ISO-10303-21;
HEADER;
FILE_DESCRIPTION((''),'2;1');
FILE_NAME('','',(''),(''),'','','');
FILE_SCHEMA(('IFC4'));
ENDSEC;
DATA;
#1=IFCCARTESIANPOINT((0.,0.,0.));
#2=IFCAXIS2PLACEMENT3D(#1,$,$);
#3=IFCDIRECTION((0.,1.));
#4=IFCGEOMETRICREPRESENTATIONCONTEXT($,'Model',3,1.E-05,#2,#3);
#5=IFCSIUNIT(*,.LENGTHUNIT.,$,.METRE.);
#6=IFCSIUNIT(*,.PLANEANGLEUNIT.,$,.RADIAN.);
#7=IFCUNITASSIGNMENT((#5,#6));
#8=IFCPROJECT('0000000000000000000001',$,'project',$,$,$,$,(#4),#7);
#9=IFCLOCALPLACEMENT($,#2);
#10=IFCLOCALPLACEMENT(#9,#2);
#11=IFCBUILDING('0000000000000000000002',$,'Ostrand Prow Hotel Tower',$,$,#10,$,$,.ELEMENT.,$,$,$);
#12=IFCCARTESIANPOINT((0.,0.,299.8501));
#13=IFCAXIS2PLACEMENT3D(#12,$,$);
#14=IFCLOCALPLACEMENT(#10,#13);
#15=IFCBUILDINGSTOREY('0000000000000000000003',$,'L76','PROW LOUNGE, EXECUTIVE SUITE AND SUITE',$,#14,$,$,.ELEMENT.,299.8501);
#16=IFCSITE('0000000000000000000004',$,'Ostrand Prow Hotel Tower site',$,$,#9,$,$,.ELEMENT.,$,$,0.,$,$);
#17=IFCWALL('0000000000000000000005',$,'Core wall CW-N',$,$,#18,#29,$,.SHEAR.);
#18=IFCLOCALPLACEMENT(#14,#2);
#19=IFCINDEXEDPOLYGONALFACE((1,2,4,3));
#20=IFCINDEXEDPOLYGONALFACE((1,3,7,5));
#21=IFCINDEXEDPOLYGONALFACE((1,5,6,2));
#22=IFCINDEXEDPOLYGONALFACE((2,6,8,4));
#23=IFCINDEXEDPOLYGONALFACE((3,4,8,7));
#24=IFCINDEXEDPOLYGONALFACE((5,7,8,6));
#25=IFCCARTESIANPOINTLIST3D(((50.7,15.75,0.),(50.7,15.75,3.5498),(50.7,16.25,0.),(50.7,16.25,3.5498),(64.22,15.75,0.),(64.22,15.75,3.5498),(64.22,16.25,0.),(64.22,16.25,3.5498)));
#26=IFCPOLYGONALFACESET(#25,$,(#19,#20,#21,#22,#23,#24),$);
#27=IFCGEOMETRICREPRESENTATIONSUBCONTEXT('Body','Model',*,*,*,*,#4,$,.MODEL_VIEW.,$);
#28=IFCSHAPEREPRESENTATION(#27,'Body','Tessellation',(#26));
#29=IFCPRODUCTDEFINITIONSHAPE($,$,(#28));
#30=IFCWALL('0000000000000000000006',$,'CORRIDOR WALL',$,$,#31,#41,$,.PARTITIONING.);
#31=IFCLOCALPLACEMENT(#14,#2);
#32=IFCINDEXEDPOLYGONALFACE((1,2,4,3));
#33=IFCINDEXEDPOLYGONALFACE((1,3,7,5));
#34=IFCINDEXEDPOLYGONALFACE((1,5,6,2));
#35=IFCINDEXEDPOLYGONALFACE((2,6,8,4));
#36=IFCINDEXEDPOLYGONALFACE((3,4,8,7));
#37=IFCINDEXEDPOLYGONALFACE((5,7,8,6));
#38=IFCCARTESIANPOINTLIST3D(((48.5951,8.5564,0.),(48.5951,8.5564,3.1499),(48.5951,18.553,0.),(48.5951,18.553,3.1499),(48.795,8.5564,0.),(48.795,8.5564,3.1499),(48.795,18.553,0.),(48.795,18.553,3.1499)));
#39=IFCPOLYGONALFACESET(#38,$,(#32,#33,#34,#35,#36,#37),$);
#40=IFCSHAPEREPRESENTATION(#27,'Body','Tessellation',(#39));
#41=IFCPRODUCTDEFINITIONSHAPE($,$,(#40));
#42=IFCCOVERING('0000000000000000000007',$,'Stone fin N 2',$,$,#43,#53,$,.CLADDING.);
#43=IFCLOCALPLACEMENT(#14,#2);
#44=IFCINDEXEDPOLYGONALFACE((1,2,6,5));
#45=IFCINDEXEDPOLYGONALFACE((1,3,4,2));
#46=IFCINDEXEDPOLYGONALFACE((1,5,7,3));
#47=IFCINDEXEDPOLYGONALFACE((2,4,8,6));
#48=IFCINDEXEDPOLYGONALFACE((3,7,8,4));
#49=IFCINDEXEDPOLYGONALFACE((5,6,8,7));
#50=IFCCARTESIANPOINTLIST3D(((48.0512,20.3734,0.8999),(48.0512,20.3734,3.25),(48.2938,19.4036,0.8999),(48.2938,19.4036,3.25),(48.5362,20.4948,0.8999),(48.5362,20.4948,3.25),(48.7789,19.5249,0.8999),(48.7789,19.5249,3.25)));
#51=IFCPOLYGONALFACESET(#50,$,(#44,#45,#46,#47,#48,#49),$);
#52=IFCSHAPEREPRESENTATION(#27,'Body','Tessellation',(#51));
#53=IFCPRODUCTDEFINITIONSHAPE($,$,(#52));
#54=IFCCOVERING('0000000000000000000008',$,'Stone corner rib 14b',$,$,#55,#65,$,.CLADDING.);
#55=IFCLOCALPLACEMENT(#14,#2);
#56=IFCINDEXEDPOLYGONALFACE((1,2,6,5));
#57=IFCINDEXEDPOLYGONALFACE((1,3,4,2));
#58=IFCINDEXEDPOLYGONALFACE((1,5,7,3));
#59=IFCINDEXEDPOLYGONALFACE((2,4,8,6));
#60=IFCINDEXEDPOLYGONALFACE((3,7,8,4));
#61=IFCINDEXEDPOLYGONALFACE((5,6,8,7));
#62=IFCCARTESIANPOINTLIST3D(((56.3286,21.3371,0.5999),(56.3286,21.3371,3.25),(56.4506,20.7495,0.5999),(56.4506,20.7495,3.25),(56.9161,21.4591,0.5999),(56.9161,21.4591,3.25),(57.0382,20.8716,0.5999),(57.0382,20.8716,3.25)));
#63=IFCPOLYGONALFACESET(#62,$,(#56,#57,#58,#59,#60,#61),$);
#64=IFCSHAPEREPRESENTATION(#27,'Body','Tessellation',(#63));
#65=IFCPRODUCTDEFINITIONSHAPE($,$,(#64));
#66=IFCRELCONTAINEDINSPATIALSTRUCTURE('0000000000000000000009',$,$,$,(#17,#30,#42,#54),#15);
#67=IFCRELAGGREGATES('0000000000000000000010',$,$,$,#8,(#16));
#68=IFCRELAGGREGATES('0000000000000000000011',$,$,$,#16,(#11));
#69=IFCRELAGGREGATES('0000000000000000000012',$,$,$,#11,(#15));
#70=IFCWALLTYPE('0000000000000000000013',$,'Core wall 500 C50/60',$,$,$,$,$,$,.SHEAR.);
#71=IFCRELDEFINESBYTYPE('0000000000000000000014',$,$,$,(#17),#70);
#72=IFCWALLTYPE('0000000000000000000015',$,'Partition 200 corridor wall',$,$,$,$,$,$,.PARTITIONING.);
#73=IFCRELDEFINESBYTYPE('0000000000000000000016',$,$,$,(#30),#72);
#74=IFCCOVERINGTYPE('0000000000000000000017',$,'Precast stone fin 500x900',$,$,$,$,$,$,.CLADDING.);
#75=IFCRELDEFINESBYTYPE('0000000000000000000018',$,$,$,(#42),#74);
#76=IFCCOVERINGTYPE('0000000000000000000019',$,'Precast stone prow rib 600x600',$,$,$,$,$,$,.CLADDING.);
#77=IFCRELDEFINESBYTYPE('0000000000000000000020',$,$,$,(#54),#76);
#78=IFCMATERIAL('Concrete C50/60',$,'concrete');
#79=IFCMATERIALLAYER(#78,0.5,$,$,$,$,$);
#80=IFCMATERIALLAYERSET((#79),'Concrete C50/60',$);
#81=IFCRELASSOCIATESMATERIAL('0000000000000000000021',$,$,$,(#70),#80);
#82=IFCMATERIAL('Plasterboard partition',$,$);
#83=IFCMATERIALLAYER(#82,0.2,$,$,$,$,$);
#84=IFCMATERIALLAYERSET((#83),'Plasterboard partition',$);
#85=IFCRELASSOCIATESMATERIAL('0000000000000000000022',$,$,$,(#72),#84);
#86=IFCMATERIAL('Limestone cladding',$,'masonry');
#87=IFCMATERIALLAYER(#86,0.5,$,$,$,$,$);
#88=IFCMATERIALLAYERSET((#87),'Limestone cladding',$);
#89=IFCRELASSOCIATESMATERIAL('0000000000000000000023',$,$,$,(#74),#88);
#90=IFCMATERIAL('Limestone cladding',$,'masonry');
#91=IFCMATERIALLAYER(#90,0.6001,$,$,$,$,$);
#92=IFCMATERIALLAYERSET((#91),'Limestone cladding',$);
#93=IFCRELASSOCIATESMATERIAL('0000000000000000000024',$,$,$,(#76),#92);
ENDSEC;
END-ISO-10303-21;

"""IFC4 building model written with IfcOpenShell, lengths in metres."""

from ifc_helpers import new_model, si_unit, direction, frame, frame_2d, origin, place, context, subcontext, project, spatial, rectangle, extrude, material, layer, layer_set, type_object, element, save


model = new_model("IFC4")

# Units and contexts
model_context = context("Model", 3, precision=1e-05, world=origin(), true_north=direction((0.0, 1.0)))
body_context = subcontext(model_context, "Body", "Model", "MODEL_VIEW")
ifc_project = project(units=[si_unit("LENGTHUNIT", "METRE"), si_unit("PLANEANGLEUNIT", "RADIAN")], contexts=[model_context])

# Site, building, storey
site_placement = place(None, origin())
site = spatial("IfcSite", under=ifc_project, at=site_placement, Name="Ostrand Prow Hotel Tower site", CompositionType="ELEMENT", RefElevation=0.0)
building_placement = place(site_placement, origin())
building = spatial("IfcBuilding", under=site, at=building_placement, Name="Ostrand Prow Hotel Tower", CompositionType="ELEMENT")
storey_placement = place(building_placement, frame((0.0, 0.0, 299.8501)))
storey = spatial("IfcBuildingStorey", under=building, at=storey_placement, Name="L76", Description="PROW LOUNGE, EXECUTIVE SUITE AND SUITE", CompositionType="ELEMENT", Elevation=299.8501)

# Walls
ifc_material_1 = material(Name="Concrete C50/60", Category="concrete")
ifc_layer_1 = layer(ifc_material_1, 0.5)
ifc_layer_set_1 = layer_set([ifc_layer_1], Name="Concrete C50/60")
wall_type_1 = type_object("IfcWallType", Name="Core wall 500 C50/60", PredefinedType="SHEAR", material=ifc_layer_set_1)
wall_1_placement = place(storey_placement, frame((50.7, 16.0, 0.0), z_axis=(0.0, 0.0, 1.0), x_axis=(1.0, 0.0, 0.0)))
element("IfcWall", 1, at=wall_1_placement, inside=storey, type_object=wall_type_1, Name="Core wall CW-N", PredefinedType="SHEAR", context=body_context, shape_type="SweptSolid", body=[
    extrude(rectangle(XDim=13.52, YDim=0.5, at=frame_2d((6.76, 0.0))), origin(), (0.0, 0.0, 1.0), 3.5498),
])
ifc_material_2 = material(Name="Plasterboard partition")
ifc_layer_2 = layer(ifc_material_2, 0.2)
ifc_layer_set_2 = layer_set([ifc_layer_2], Name="Plasterboard partition")
wall_type_2 = type_object("IfcWallType", Name="Partition 200 corridor wall", PredefinedType="PARTITIONING", material=ifc_layer_set_2)
wall_2_placement = place(storey_placement, frame((48.6951, 18.553, 0.0), z_axis=(0.0, 0.0, 1.0), x_axis=(0.0, -1.0, 0.0)))
element("IfcWall", 2, at=wall_2_placement, inside=storey, type_object=wall_type_2, Name="CORRIDOR WALL", PredefinedType="PARTITIONING", context=body_context, shape_type="SweptSolid", body=[
    extrude(rectangle(XDim=9.9966, YDim=0.2, at=frame_2d((4.9983, 0.0))), origin(), (0.0, 0.0, 1.0), 3.1499),
])

# Coverings
ifc_material_3 = material(Name="Limestone cladding", Category="masonry")
ifc_layer_3 = layer(ifc_material_3, 0.5)
ifc_layer_set_3 = layer_set([ifc_layer_3], Name="Limestone cladding")
covering_type_1 = type_object("IfcCoveringType", Name="Precast stone fin 500x900", PredefinedType="CLADDING", material=ifc_layer_set_3)
covering_1_placement = place(storey_placement, frame((48.5364, 19.4641, 0.8999), z_axis=(0.0, 0.0, 1.0), x_axis=(-0.242708, 0.970099, 0.0)))
element("IfcCovering", 3, at=covering_1_placement, inside=storey, type_object=covering_type_1, Name="Stone fin N 2", PredefinedType="CLADDING", context=body_context, shape_type="SweptSolid", body=[
    extrude(rectangle(XDim=0.9998, YDim=0.5, at=frame_2d((0.5, 0.0))), origin(), (0.0, 0.0, 1.0), 2.3501),
])
ifc_material_4 = material(Name="Limestone cladding", Category="masonry")
ifc_layer_4 = layer(ifc_material_4, 0.6001)
ifc_layer_set_4 = layer_set([ifc_layer_4], Name="Limestone cladding")
covering_type_2 = type_object("IfcCoveringType", Name="Precast stone prow rib 600x600", PredefinedType="CLADDING", material=ifc_layer_set_4)
covering_2_placement = place(storey_placement, frame((56.7444, 20.8105, 0.5999), z_axis=(0.0, 0.0, 1.0), x_axis=(-0.203386, 0.979099, 0.0)))
element("IfcCovering", 4, at=covering_2_placement, inside=storey, type_object=covering_type_2, Name="Stone corner rib 14b", PredefinedType="CLADDING", context=body_context, shape_type="SweptSolid", body=[
    extrude(rectangle(XDim=0.6001, YDim=0.6001, at=frame_2d((0.3, 0.0))), origin(), (0.0, 0.0, 1.0), 2.6501),
])

save(model, "model.ifc")
